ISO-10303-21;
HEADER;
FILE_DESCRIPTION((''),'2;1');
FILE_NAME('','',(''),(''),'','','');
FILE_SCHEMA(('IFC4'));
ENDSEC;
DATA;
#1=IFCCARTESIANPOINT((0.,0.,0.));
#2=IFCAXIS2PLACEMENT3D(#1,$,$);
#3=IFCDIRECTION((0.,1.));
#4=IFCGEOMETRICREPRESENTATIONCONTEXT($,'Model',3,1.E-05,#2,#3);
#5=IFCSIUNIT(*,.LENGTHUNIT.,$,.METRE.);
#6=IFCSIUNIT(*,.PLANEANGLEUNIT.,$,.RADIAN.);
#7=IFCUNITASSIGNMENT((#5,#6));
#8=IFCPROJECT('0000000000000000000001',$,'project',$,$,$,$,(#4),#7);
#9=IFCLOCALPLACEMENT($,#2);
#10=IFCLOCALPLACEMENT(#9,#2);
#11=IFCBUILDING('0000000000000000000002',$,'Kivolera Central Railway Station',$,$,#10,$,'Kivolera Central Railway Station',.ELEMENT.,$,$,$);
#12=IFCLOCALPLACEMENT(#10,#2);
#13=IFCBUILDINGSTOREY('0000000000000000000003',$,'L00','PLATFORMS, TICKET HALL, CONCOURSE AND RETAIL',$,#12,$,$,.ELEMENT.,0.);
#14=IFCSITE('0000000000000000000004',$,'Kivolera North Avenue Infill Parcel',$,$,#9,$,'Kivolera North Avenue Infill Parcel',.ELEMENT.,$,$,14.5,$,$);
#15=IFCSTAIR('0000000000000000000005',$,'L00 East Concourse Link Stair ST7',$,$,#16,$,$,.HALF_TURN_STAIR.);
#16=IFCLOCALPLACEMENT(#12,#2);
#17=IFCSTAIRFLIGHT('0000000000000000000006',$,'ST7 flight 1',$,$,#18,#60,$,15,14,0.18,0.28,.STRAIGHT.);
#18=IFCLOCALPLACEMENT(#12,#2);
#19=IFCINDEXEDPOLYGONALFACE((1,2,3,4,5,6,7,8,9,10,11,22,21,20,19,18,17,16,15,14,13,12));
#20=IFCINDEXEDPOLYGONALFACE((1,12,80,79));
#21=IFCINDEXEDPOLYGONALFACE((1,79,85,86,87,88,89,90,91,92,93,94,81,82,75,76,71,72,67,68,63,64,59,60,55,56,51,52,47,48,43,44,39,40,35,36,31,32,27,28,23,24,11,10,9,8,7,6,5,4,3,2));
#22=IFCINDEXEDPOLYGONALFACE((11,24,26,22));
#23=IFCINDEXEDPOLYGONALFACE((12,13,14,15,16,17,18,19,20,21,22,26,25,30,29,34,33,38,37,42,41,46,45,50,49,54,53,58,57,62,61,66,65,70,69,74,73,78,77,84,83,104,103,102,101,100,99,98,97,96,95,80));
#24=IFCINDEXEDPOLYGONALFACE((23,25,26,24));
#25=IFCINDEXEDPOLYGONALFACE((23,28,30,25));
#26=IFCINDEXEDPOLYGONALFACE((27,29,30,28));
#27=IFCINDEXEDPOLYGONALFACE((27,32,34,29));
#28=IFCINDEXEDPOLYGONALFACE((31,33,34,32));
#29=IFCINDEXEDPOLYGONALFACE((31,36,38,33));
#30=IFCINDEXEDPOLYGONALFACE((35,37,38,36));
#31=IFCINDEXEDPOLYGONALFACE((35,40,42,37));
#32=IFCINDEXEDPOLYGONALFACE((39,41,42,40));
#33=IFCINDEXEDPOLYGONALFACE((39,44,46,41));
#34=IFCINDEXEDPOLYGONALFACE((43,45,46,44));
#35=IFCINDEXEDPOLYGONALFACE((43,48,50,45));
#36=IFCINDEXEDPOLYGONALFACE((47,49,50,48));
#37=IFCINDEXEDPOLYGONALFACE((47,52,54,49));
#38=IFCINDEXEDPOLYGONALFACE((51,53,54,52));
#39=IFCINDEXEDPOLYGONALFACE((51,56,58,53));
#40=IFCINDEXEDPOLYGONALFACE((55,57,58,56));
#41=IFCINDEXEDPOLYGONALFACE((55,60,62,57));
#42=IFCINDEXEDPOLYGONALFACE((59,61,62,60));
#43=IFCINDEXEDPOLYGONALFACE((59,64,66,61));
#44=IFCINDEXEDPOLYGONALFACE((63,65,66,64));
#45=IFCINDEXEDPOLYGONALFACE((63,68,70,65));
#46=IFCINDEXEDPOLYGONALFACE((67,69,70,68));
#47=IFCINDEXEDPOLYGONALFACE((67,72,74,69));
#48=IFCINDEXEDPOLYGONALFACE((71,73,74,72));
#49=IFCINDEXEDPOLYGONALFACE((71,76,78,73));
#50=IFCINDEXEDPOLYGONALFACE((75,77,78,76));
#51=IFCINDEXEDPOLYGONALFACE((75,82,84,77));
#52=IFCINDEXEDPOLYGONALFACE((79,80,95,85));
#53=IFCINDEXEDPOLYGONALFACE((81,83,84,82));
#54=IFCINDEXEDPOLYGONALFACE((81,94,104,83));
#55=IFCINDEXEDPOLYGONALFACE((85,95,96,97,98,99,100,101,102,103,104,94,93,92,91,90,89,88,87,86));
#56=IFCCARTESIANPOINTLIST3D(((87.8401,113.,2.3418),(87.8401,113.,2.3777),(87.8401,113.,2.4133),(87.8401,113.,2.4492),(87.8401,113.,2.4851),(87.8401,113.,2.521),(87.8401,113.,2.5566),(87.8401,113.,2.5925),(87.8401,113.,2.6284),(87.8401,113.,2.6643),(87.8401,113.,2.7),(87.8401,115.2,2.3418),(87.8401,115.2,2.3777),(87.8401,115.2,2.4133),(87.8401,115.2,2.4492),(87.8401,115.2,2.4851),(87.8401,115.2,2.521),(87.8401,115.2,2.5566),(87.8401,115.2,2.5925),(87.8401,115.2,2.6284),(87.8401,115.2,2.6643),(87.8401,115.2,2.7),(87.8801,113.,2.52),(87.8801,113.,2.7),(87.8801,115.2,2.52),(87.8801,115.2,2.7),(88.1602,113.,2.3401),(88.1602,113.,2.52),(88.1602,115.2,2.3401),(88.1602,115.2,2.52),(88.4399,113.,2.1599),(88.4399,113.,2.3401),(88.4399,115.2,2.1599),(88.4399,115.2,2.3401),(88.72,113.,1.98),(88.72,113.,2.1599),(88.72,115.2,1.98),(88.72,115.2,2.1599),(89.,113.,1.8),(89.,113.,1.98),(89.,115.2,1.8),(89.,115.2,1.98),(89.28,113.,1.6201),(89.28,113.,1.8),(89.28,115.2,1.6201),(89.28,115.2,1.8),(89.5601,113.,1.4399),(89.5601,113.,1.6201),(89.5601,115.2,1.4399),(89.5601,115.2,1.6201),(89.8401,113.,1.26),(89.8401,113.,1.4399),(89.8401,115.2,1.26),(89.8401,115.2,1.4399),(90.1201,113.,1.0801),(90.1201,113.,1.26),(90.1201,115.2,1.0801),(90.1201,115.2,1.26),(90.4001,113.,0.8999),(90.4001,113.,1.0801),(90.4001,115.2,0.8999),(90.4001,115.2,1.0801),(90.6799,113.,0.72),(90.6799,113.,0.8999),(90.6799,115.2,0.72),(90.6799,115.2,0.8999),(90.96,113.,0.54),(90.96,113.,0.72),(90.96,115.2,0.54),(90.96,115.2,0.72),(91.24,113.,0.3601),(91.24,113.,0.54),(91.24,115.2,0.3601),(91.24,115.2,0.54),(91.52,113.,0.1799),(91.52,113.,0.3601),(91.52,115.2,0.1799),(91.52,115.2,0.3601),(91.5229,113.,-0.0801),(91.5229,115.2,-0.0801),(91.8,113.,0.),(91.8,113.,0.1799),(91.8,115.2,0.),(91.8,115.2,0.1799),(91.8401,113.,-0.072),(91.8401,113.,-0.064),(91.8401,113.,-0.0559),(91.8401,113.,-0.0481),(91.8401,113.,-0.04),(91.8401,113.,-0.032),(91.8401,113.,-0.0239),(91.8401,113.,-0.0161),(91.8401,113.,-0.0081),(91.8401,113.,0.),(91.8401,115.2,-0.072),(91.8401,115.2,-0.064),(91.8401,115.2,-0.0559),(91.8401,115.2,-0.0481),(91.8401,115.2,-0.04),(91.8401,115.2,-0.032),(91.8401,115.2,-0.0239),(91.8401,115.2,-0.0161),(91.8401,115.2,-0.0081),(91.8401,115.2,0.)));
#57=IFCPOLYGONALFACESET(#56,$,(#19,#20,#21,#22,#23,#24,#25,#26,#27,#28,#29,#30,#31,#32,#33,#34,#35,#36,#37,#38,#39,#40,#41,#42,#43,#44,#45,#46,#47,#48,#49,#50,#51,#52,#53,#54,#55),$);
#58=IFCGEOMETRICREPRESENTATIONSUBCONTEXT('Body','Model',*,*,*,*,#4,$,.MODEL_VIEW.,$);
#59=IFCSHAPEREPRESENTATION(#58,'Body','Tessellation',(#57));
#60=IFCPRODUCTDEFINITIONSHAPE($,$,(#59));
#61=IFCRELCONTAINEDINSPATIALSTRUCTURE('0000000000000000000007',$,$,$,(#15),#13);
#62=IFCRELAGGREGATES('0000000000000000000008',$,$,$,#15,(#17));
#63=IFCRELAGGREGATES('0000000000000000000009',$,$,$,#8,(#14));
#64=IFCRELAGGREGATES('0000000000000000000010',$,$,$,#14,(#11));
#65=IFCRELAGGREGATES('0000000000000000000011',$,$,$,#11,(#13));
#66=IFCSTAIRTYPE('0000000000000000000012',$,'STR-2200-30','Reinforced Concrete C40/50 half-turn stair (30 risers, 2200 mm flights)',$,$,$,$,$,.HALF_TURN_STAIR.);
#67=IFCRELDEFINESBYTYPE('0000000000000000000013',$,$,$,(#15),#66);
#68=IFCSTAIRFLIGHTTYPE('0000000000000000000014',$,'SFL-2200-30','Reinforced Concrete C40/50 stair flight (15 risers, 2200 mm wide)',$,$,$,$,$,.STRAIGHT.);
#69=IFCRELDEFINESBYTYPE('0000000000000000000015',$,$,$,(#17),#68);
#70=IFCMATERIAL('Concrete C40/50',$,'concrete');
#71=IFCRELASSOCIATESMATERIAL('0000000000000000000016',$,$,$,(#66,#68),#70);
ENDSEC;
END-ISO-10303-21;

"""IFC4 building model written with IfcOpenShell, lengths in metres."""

from ifc_helpers import new_model, si_unit, direction, frame, origin, place, context, subcontext, project, spatial, polyline, outline, extrude, material, type_object, element, aggregate, save


model = new_model("IFC4")

# Units and contexts
model_context = context("Model", 3, precision=1e-05, world=origin(), true_north=direction((0.0, 1.0)))
body_context = subcontext(model_context, "Body", "Model", "MODEL_VIEW")
ifc_project = project(units=[si_unit("LENGTHUNIT", "METRE"), si_unit("PLANEANGLEUNIT", "RADIAN")], contexts=[model_context])

# Site, building, storey
site_placement = place(None, origin())
site = spatial("IfcSite", under=ifc_project, at=site_placement, Name="Kivolera North Avenue Infill Parcel", LongName="Kivolera North Avenue Infill Parcel", CompositionType="ELEMENT", RefElevation=14.5)
building_placement = place(site_placement, origin())
building = spatial("IfcBuilding", under=site, at=building_placement, Name="Kivolera Central Railway Station", LongName="Kivolera Central Railway Station", CompositionType="ELEMENT")
storey_placement = place(building_placement, origin())
storey = spatial("IfcBuildingStorey", under=building, at=storey_placement, Name="L00", Description="PLATFORMS, TICKET HALL, CONCOURSE AND RETAIL", CompositionType="ELEMENT", Elevation=0.0)

# Shared definitions
ifc_material_1 = material(Name="Concrete C40/50", Category="concrete")

# Stair, stair flight
stair_type = type_object("IfcStairType", Name="STR-2200-30", Description="Reinforced Concrete C40/50 half-turn stair (30 risers, 2200 mm flights)", PredefinedType="HALF_TURN_STAIR", material=ifc_material_1)
stair_placement = place(storey_placement, origin())
stair = element("IfcStair", 1, at=stair_placement, inside=storey, type_object=stair_type, Name="L00 East Concourse Link Stair ST7", PredefinedType="HALF_TURN_STAIR")
stair_flight_type = type_object("IfcStairFlightType", Name="SFL-2200-30", Description="Reinforced Concrete C40/50 stair flight (15 risers, 2200 mm wide)", PredefinedType="STRAIGHT", material=ifc_material_1)
stair_flight_placement = place(storey_placement, frame((91.8, 114.1001, 0.0), z_axis=(0.0, 0.0, 1.0), x_axis=(-1.0, 0.0, 0.0)))
stair_flight = element("IfcStairFlight", 2, at=stair_flight_placement, type_object=stair_flight_type, Name="ST7 flight 1", NumberOfRisers=15, NumberOfTreads=14, PredefinedType="STRAIGHT", RiserHeight=0.18, TreadLength=0.28, context=body_context, shape_type="SweptSolid", body=[
    extrude(outline(polyline([(-0.04, 0.0), (0.0, 0.0), (0.0, 0.1799), (0.28, 0.1799), (0.28, 0.3601), (0.5601, 0.3601), (0.5601, 0.54), (0.8401, 0.54), (0.8401, 0.72), (1.1201, 0.72), (1.1201, 0.8999), (1.3999, 0.8999), (1.3999, 1.0801), (1.6799, 1.0801), (1.6799, 1.26), (1.96, 1.26), (1.96, 1.4399), (2.24, 1.4399), (2.24, 1.6201), (2.52, 1.6201), (2.52, 1.8), (2.8, 1.8), (2.8, 1.98), (3.0801, 1.98), (3.0801, 2.1599), (3.3601, 2.1599), (3.3601, 2.3401), (3.6399, 2.3401), (3.6399, 2.52), (3.9199, 2.52), (3.9199, 2.7), (3.96, 2.7), (3.96, 2.6643), (3.96, 2.6284), (3.96, 2.5925), (3.96, 2.5566), (3.96, 2.521), (3.96, 2.4851), (3.96, 2.4492), (3.96, 2.4133), (3.96, 2.3777), (3.96, 2.3418), (0.2771, -0.0801), (-0.04, -0.072), (-0.04, -0.064), (-0.04, -0.0559), (-0.04, -0.0481), (-0.04, -0.04), (-0.04, -0.032), (-0.04, -0.0239), (-0.04, -0.0161), (-0.04, -0.0081), (-0.04, 0.0)])), frame((0.0, 1.1001, 0.0), z_axis=(0.0, -1.0, 0.0), x_axis=(1.0, 0.0, 0.0)), (0.0, 0.0, 1.0), 2.2),
])
aggregate(stair, [stair_flight])

save(model, "model.ifc")
